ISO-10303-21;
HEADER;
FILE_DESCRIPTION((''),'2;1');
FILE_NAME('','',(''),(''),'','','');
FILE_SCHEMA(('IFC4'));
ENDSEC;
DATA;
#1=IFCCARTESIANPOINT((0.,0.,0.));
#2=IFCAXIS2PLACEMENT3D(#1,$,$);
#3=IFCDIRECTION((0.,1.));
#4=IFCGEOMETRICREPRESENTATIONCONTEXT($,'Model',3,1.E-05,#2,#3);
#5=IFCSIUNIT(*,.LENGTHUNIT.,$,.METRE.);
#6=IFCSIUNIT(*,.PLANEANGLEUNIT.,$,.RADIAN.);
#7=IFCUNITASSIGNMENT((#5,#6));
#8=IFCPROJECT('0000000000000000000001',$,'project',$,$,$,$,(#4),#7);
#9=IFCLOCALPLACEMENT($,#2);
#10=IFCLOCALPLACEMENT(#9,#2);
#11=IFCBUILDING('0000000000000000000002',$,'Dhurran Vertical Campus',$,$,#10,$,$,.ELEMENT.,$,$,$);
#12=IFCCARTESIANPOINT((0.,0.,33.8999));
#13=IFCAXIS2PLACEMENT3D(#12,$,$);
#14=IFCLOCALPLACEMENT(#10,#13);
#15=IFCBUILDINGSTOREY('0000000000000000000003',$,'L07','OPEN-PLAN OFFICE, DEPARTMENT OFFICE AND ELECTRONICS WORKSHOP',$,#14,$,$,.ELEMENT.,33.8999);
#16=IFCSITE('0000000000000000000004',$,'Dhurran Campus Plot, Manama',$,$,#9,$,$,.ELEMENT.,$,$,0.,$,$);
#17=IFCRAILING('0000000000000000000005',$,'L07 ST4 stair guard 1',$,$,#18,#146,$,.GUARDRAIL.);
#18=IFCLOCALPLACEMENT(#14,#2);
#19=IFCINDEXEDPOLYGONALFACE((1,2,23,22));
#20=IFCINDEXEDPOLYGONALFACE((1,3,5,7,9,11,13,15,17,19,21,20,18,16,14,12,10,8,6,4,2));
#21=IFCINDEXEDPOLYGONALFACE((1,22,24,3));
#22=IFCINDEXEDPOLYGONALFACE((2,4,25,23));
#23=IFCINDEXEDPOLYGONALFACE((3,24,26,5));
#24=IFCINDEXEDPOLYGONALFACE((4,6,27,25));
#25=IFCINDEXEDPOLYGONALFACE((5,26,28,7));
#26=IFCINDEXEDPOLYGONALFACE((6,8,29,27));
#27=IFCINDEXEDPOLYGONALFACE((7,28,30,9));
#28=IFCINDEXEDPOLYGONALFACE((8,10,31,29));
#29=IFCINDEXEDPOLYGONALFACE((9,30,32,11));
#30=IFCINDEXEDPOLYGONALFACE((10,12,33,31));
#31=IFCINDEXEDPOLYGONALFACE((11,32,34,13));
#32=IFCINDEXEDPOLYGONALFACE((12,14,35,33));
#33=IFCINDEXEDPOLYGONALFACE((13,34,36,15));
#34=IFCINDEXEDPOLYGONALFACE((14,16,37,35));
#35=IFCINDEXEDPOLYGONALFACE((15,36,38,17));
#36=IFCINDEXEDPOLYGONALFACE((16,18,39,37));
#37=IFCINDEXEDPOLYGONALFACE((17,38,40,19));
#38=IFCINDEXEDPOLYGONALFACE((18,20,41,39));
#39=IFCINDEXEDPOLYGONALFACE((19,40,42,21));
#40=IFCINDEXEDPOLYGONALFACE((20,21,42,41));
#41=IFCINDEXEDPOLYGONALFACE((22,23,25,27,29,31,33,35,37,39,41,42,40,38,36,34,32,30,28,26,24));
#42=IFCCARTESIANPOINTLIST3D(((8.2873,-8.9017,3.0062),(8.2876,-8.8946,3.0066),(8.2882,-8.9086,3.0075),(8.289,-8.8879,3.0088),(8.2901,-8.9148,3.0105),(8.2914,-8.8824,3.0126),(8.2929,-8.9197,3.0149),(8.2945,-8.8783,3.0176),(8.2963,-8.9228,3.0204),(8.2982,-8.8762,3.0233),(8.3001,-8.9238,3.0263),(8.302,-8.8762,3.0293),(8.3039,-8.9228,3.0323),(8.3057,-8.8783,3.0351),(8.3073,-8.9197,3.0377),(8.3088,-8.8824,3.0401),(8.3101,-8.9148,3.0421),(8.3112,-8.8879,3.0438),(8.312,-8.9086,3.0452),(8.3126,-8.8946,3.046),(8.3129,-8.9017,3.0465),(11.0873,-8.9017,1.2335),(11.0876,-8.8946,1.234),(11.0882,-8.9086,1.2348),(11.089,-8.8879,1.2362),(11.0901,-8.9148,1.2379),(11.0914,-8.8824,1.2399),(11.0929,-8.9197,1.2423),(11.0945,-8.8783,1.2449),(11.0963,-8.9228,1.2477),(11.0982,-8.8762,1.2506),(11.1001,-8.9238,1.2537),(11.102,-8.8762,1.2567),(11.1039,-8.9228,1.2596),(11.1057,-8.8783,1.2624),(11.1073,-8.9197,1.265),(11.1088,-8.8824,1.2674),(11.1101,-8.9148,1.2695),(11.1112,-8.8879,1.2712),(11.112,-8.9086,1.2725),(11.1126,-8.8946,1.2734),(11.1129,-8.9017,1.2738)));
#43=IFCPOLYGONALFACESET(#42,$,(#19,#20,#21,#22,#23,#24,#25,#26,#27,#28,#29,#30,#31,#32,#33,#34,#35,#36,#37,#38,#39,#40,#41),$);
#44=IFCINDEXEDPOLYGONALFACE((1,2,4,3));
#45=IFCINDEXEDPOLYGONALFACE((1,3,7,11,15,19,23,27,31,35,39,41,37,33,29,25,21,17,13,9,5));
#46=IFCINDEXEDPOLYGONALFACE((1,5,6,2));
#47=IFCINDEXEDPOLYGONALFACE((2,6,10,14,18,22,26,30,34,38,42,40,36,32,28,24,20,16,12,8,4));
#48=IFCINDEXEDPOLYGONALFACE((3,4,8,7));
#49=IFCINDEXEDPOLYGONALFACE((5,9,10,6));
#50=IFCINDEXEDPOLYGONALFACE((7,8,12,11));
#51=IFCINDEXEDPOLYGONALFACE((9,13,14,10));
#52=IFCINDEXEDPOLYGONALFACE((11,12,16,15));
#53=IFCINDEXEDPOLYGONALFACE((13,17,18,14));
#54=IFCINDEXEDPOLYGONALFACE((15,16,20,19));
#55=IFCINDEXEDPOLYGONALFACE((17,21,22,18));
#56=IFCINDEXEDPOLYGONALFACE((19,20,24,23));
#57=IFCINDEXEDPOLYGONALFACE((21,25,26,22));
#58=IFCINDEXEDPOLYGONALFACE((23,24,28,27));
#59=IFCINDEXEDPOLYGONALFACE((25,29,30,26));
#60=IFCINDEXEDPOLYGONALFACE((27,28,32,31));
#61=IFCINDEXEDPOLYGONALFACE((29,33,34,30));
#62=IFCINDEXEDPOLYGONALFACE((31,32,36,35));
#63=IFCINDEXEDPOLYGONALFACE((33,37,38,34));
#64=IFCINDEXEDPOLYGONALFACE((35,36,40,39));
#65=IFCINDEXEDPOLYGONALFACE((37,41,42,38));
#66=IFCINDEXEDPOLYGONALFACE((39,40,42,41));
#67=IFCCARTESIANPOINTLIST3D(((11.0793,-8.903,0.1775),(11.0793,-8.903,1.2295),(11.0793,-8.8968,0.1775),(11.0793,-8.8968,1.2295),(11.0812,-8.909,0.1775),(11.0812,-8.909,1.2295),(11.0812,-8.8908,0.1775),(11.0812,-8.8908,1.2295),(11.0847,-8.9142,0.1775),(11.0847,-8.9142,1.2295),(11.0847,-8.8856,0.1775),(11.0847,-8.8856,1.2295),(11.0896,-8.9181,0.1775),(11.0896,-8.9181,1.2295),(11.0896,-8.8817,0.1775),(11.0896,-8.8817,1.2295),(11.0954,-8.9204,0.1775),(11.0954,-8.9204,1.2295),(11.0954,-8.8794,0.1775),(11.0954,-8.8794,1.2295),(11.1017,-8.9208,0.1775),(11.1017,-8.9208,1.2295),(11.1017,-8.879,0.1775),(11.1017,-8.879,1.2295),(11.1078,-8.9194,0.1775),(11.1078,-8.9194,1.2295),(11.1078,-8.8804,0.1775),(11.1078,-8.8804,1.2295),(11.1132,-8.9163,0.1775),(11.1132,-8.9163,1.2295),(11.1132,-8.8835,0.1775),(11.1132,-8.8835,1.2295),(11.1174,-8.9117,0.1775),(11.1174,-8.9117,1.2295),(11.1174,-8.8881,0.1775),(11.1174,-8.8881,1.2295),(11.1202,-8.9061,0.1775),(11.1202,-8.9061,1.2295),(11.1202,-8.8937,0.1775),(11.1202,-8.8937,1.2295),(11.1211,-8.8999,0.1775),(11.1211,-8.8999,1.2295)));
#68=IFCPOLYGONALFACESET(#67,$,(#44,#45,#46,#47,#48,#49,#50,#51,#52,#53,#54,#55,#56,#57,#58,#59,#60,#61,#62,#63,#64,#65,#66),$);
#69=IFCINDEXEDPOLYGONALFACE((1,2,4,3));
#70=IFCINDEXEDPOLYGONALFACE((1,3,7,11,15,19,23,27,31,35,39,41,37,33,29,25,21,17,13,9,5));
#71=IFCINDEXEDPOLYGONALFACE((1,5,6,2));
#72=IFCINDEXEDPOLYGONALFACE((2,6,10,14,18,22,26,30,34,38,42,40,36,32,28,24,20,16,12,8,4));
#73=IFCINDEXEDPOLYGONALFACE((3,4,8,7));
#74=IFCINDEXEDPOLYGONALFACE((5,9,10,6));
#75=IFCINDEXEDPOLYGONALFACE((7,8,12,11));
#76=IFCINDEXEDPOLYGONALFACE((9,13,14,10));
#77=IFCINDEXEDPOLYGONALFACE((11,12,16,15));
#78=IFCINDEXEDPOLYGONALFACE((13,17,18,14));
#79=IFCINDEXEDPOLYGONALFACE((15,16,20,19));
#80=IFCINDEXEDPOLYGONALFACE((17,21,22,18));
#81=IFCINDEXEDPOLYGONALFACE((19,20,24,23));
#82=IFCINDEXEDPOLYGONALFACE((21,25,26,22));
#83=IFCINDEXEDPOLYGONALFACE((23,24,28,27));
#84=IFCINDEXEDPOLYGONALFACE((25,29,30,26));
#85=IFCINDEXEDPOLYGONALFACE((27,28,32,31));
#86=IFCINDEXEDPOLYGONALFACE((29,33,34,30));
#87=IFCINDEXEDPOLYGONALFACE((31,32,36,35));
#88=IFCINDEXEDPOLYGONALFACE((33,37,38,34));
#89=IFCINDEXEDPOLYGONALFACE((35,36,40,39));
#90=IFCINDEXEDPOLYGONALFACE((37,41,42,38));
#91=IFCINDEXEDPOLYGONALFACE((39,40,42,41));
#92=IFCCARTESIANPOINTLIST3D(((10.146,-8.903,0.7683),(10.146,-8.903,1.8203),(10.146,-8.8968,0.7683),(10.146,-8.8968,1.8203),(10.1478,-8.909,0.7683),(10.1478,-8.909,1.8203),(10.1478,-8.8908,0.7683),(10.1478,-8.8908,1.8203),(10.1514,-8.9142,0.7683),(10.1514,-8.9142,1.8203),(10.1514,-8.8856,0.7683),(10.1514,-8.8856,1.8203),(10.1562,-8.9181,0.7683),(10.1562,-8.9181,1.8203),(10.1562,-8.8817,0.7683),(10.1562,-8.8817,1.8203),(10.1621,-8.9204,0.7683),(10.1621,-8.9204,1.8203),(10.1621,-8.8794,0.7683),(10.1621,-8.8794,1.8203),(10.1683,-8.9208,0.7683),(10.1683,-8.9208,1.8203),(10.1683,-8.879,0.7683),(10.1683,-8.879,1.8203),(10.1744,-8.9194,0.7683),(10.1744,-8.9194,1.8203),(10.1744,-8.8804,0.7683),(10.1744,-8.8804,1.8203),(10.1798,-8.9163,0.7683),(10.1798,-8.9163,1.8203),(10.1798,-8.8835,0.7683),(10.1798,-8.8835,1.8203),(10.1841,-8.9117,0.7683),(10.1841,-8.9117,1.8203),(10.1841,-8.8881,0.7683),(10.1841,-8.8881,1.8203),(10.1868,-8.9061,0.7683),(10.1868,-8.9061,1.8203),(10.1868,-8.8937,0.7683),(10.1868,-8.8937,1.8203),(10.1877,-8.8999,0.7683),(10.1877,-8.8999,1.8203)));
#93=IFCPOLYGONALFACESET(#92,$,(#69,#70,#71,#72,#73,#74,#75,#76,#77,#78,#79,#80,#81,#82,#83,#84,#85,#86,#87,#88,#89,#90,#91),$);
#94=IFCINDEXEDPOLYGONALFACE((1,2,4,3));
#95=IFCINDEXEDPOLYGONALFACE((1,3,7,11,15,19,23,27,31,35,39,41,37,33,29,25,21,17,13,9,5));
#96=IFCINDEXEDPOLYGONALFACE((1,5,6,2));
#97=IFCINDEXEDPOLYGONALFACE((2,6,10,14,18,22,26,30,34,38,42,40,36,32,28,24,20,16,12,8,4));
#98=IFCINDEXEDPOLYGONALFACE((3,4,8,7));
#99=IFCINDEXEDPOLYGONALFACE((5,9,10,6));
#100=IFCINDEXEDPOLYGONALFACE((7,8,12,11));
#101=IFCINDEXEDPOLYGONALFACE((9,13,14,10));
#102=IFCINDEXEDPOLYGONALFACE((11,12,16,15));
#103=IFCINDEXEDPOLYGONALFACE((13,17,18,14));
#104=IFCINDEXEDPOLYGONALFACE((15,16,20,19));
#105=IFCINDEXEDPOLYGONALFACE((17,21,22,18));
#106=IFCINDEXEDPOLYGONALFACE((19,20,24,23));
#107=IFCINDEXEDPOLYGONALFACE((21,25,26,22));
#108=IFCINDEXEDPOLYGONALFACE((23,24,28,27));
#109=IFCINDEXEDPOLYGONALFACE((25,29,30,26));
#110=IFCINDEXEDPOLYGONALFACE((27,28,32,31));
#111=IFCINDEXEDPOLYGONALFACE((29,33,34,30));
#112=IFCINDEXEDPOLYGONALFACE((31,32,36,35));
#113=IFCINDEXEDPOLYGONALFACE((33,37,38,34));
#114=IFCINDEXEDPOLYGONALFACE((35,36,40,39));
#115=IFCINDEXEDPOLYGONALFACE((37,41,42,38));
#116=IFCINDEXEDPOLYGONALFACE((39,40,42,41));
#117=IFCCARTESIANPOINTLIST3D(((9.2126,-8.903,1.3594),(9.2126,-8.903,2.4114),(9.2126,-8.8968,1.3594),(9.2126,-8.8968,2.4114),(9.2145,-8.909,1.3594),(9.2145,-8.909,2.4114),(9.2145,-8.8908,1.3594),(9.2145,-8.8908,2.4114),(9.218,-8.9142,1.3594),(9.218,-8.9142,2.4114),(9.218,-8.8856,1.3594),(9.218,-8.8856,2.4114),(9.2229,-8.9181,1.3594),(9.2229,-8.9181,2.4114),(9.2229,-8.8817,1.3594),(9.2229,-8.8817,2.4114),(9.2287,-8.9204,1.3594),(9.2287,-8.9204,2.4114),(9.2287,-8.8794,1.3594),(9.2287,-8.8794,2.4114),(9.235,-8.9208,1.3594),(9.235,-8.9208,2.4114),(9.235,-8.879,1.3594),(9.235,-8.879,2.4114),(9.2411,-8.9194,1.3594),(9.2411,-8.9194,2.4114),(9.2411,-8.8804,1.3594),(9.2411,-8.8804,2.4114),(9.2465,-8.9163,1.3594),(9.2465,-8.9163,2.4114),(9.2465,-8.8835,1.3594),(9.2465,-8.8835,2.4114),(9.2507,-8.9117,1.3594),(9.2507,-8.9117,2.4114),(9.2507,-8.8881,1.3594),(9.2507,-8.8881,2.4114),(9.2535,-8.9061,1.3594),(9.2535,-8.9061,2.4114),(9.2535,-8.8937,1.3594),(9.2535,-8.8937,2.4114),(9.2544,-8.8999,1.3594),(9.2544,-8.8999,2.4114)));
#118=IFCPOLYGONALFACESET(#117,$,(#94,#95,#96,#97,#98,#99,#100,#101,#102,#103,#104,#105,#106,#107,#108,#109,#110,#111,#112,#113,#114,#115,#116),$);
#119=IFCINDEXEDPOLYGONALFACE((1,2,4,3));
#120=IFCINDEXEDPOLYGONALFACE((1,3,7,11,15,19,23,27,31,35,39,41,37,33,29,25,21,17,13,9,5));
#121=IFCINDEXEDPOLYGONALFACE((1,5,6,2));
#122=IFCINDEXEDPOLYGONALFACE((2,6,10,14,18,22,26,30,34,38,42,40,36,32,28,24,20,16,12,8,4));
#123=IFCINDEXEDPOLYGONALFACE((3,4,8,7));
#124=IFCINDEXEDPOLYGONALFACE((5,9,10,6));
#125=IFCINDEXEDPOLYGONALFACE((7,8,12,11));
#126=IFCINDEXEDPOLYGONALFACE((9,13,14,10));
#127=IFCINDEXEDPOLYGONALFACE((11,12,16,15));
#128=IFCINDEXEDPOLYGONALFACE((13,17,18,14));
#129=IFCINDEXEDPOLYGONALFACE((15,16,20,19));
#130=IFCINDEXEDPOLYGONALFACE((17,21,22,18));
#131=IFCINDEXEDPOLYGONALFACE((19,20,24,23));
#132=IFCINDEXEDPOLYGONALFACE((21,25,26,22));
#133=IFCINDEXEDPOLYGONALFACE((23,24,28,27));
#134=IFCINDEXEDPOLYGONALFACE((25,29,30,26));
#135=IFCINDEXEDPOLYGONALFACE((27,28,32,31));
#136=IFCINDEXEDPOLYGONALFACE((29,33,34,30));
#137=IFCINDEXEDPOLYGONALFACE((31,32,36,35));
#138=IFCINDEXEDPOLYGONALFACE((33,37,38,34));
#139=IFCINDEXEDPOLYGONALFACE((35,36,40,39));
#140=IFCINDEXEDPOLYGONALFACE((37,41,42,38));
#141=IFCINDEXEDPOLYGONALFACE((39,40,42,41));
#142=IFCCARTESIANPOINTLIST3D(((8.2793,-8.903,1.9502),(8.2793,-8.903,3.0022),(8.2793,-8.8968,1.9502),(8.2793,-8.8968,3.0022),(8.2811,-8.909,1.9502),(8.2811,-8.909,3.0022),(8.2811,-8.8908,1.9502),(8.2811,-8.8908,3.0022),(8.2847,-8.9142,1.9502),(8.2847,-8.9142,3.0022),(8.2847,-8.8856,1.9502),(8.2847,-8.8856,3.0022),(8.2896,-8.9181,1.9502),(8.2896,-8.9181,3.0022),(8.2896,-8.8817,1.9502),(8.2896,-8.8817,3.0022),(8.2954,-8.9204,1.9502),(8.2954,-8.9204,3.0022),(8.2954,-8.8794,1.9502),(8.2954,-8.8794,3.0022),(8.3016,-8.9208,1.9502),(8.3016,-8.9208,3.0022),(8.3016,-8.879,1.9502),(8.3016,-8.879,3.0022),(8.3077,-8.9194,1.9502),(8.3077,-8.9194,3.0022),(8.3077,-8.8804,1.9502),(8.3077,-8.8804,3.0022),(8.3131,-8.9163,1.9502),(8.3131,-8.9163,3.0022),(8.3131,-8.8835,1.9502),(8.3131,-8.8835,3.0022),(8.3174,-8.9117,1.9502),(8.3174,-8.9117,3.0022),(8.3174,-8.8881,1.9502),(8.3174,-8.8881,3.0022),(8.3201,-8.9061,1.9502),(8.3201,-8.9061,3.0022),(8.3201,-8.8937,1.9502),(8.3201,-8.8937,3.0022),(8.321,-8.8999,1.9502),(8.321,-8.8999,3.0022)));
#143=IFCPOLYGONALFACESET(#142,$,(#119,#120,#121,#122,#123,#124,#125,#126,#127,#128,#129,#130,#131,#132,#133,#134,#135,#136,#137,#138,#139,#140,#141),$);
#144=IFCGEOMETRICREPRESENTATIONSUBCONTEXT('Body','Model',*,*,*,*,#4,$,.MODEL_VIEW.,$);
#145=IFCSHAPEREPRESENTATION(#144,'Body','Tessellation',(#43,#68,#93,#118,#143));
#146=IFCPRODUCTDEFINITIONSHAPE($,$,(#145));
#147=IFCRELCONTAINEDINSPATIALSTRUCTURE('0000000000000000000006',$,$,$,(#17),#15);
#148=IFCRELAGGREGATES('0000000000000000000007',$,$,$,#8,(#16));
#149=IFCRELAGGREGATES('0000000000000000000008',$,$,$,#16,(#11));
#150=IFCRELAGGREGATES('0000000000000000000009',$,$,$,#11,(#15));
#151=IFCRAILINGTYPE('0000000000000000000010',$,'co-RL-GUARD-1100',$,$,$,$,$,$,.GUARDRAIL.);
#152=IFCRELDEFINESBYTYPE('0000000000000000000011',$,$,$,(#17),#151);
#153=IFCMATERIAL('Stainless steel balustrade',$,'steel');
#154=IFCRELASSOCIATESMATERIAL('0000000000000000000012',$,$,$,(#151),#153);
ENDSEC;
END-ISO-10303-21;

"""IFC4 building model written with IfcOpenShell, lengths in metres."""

from ifc_helpers import new_model, si_unit, direction, frame, origin, origin_2d, place, context, subcontext, project, spatial, circle, extrude, material, type_object, element, save


model = new_model("IFC4")

# Units and contexts
model_context = context("Model", 3, precision=1e-05, world=origin(), true_north=direction((0.0, 1.0)))
body_context = subcontext(model_context, "Body", "Model", "MODEL_VIEW")
ifc_project = project(units=[si_unit("LENGTHUNIT", "METRE"), si_unit("PLANEANGLEUNIT", "RADIAN")], contexts=[model_context])

# Site, building, storey
site_placement = place(None, origin())
site = spatial("IfcSite", under=ifc_project, at=site_placement, Name="Dhurran Campus Plot, Manama", CompositionType="ELEMENT", RefElevation=0.0)
building_placement = place(site_placement, origin())
building = spatial("IfcBuilding", under=site, at=building_placement, Name="Dhurran Vertical Campus", CompositionType="ELEMENT")
storey_placement = place(building_placement, frame((0.0, 0.0, 33.8999)))
storey = spatial("IfcBuildingStorey", under=building, at=storey_placement, Name="L07", Description="OPEN-PLAN OFFICE, DEPARTMENT OFFICE AND ELECTRONICS WORKSHOP", CompositionType="ELEMENT", Elevation=33.8999)

# Railing
ifc_material_1 = material(Name="Stainless steel balustrade", Category="steel")
railing_type_1 = type_object("IfcRailingType", Name="co-RL-GUARD-1100", PredefinedType="GUARDRAIL", material=ifc_material_1)
railing_1_placement = place(storey_placement, frame((11.1001, -8.8999, 0.1775)))
element("IfcRailing", 1, at=railing_1_placement, inside=storey, type_object=railing_type_1, Name="L07 ST4 stair guard 1", PredefinedType="GUARDRAIL", context=body_context, shape_type="SweptSolid", body=[
    extrude(circle(Radius=0.0239, at=origin_2d()), frame((0.0, 0.0, 1.0762), z_axis=(-0.844909, 0.0, 0.53491), x_axis=(0.0, -1.0, 0.0)), (0.0, 0.0, 1.0), 3.314),
    extrude(circle(Radius=0.021, at=origin_2d()), origin(), (0.0, 0.0, 1.0), 1.052),
    extrude(circle(Radius=0.021, at=origin_2d()), frame((-0.9333, 0.0, 0.5908)), (0.0, 0.0, 1.0), 1.052),
    extrude(circle(Radius=0.021, at=origin_2d()), frame((-1.8667, 0.0, 1.1819)), (0.0, 0.0, 1.0), 1.052),
    extrude(circle(Radius=0.021, at=origin_2d()), frame((-2.8, 0.0, 1.7727)), (0.0, 0.0, 1.0), 1.052),
])

save(model, "model.ifc")
